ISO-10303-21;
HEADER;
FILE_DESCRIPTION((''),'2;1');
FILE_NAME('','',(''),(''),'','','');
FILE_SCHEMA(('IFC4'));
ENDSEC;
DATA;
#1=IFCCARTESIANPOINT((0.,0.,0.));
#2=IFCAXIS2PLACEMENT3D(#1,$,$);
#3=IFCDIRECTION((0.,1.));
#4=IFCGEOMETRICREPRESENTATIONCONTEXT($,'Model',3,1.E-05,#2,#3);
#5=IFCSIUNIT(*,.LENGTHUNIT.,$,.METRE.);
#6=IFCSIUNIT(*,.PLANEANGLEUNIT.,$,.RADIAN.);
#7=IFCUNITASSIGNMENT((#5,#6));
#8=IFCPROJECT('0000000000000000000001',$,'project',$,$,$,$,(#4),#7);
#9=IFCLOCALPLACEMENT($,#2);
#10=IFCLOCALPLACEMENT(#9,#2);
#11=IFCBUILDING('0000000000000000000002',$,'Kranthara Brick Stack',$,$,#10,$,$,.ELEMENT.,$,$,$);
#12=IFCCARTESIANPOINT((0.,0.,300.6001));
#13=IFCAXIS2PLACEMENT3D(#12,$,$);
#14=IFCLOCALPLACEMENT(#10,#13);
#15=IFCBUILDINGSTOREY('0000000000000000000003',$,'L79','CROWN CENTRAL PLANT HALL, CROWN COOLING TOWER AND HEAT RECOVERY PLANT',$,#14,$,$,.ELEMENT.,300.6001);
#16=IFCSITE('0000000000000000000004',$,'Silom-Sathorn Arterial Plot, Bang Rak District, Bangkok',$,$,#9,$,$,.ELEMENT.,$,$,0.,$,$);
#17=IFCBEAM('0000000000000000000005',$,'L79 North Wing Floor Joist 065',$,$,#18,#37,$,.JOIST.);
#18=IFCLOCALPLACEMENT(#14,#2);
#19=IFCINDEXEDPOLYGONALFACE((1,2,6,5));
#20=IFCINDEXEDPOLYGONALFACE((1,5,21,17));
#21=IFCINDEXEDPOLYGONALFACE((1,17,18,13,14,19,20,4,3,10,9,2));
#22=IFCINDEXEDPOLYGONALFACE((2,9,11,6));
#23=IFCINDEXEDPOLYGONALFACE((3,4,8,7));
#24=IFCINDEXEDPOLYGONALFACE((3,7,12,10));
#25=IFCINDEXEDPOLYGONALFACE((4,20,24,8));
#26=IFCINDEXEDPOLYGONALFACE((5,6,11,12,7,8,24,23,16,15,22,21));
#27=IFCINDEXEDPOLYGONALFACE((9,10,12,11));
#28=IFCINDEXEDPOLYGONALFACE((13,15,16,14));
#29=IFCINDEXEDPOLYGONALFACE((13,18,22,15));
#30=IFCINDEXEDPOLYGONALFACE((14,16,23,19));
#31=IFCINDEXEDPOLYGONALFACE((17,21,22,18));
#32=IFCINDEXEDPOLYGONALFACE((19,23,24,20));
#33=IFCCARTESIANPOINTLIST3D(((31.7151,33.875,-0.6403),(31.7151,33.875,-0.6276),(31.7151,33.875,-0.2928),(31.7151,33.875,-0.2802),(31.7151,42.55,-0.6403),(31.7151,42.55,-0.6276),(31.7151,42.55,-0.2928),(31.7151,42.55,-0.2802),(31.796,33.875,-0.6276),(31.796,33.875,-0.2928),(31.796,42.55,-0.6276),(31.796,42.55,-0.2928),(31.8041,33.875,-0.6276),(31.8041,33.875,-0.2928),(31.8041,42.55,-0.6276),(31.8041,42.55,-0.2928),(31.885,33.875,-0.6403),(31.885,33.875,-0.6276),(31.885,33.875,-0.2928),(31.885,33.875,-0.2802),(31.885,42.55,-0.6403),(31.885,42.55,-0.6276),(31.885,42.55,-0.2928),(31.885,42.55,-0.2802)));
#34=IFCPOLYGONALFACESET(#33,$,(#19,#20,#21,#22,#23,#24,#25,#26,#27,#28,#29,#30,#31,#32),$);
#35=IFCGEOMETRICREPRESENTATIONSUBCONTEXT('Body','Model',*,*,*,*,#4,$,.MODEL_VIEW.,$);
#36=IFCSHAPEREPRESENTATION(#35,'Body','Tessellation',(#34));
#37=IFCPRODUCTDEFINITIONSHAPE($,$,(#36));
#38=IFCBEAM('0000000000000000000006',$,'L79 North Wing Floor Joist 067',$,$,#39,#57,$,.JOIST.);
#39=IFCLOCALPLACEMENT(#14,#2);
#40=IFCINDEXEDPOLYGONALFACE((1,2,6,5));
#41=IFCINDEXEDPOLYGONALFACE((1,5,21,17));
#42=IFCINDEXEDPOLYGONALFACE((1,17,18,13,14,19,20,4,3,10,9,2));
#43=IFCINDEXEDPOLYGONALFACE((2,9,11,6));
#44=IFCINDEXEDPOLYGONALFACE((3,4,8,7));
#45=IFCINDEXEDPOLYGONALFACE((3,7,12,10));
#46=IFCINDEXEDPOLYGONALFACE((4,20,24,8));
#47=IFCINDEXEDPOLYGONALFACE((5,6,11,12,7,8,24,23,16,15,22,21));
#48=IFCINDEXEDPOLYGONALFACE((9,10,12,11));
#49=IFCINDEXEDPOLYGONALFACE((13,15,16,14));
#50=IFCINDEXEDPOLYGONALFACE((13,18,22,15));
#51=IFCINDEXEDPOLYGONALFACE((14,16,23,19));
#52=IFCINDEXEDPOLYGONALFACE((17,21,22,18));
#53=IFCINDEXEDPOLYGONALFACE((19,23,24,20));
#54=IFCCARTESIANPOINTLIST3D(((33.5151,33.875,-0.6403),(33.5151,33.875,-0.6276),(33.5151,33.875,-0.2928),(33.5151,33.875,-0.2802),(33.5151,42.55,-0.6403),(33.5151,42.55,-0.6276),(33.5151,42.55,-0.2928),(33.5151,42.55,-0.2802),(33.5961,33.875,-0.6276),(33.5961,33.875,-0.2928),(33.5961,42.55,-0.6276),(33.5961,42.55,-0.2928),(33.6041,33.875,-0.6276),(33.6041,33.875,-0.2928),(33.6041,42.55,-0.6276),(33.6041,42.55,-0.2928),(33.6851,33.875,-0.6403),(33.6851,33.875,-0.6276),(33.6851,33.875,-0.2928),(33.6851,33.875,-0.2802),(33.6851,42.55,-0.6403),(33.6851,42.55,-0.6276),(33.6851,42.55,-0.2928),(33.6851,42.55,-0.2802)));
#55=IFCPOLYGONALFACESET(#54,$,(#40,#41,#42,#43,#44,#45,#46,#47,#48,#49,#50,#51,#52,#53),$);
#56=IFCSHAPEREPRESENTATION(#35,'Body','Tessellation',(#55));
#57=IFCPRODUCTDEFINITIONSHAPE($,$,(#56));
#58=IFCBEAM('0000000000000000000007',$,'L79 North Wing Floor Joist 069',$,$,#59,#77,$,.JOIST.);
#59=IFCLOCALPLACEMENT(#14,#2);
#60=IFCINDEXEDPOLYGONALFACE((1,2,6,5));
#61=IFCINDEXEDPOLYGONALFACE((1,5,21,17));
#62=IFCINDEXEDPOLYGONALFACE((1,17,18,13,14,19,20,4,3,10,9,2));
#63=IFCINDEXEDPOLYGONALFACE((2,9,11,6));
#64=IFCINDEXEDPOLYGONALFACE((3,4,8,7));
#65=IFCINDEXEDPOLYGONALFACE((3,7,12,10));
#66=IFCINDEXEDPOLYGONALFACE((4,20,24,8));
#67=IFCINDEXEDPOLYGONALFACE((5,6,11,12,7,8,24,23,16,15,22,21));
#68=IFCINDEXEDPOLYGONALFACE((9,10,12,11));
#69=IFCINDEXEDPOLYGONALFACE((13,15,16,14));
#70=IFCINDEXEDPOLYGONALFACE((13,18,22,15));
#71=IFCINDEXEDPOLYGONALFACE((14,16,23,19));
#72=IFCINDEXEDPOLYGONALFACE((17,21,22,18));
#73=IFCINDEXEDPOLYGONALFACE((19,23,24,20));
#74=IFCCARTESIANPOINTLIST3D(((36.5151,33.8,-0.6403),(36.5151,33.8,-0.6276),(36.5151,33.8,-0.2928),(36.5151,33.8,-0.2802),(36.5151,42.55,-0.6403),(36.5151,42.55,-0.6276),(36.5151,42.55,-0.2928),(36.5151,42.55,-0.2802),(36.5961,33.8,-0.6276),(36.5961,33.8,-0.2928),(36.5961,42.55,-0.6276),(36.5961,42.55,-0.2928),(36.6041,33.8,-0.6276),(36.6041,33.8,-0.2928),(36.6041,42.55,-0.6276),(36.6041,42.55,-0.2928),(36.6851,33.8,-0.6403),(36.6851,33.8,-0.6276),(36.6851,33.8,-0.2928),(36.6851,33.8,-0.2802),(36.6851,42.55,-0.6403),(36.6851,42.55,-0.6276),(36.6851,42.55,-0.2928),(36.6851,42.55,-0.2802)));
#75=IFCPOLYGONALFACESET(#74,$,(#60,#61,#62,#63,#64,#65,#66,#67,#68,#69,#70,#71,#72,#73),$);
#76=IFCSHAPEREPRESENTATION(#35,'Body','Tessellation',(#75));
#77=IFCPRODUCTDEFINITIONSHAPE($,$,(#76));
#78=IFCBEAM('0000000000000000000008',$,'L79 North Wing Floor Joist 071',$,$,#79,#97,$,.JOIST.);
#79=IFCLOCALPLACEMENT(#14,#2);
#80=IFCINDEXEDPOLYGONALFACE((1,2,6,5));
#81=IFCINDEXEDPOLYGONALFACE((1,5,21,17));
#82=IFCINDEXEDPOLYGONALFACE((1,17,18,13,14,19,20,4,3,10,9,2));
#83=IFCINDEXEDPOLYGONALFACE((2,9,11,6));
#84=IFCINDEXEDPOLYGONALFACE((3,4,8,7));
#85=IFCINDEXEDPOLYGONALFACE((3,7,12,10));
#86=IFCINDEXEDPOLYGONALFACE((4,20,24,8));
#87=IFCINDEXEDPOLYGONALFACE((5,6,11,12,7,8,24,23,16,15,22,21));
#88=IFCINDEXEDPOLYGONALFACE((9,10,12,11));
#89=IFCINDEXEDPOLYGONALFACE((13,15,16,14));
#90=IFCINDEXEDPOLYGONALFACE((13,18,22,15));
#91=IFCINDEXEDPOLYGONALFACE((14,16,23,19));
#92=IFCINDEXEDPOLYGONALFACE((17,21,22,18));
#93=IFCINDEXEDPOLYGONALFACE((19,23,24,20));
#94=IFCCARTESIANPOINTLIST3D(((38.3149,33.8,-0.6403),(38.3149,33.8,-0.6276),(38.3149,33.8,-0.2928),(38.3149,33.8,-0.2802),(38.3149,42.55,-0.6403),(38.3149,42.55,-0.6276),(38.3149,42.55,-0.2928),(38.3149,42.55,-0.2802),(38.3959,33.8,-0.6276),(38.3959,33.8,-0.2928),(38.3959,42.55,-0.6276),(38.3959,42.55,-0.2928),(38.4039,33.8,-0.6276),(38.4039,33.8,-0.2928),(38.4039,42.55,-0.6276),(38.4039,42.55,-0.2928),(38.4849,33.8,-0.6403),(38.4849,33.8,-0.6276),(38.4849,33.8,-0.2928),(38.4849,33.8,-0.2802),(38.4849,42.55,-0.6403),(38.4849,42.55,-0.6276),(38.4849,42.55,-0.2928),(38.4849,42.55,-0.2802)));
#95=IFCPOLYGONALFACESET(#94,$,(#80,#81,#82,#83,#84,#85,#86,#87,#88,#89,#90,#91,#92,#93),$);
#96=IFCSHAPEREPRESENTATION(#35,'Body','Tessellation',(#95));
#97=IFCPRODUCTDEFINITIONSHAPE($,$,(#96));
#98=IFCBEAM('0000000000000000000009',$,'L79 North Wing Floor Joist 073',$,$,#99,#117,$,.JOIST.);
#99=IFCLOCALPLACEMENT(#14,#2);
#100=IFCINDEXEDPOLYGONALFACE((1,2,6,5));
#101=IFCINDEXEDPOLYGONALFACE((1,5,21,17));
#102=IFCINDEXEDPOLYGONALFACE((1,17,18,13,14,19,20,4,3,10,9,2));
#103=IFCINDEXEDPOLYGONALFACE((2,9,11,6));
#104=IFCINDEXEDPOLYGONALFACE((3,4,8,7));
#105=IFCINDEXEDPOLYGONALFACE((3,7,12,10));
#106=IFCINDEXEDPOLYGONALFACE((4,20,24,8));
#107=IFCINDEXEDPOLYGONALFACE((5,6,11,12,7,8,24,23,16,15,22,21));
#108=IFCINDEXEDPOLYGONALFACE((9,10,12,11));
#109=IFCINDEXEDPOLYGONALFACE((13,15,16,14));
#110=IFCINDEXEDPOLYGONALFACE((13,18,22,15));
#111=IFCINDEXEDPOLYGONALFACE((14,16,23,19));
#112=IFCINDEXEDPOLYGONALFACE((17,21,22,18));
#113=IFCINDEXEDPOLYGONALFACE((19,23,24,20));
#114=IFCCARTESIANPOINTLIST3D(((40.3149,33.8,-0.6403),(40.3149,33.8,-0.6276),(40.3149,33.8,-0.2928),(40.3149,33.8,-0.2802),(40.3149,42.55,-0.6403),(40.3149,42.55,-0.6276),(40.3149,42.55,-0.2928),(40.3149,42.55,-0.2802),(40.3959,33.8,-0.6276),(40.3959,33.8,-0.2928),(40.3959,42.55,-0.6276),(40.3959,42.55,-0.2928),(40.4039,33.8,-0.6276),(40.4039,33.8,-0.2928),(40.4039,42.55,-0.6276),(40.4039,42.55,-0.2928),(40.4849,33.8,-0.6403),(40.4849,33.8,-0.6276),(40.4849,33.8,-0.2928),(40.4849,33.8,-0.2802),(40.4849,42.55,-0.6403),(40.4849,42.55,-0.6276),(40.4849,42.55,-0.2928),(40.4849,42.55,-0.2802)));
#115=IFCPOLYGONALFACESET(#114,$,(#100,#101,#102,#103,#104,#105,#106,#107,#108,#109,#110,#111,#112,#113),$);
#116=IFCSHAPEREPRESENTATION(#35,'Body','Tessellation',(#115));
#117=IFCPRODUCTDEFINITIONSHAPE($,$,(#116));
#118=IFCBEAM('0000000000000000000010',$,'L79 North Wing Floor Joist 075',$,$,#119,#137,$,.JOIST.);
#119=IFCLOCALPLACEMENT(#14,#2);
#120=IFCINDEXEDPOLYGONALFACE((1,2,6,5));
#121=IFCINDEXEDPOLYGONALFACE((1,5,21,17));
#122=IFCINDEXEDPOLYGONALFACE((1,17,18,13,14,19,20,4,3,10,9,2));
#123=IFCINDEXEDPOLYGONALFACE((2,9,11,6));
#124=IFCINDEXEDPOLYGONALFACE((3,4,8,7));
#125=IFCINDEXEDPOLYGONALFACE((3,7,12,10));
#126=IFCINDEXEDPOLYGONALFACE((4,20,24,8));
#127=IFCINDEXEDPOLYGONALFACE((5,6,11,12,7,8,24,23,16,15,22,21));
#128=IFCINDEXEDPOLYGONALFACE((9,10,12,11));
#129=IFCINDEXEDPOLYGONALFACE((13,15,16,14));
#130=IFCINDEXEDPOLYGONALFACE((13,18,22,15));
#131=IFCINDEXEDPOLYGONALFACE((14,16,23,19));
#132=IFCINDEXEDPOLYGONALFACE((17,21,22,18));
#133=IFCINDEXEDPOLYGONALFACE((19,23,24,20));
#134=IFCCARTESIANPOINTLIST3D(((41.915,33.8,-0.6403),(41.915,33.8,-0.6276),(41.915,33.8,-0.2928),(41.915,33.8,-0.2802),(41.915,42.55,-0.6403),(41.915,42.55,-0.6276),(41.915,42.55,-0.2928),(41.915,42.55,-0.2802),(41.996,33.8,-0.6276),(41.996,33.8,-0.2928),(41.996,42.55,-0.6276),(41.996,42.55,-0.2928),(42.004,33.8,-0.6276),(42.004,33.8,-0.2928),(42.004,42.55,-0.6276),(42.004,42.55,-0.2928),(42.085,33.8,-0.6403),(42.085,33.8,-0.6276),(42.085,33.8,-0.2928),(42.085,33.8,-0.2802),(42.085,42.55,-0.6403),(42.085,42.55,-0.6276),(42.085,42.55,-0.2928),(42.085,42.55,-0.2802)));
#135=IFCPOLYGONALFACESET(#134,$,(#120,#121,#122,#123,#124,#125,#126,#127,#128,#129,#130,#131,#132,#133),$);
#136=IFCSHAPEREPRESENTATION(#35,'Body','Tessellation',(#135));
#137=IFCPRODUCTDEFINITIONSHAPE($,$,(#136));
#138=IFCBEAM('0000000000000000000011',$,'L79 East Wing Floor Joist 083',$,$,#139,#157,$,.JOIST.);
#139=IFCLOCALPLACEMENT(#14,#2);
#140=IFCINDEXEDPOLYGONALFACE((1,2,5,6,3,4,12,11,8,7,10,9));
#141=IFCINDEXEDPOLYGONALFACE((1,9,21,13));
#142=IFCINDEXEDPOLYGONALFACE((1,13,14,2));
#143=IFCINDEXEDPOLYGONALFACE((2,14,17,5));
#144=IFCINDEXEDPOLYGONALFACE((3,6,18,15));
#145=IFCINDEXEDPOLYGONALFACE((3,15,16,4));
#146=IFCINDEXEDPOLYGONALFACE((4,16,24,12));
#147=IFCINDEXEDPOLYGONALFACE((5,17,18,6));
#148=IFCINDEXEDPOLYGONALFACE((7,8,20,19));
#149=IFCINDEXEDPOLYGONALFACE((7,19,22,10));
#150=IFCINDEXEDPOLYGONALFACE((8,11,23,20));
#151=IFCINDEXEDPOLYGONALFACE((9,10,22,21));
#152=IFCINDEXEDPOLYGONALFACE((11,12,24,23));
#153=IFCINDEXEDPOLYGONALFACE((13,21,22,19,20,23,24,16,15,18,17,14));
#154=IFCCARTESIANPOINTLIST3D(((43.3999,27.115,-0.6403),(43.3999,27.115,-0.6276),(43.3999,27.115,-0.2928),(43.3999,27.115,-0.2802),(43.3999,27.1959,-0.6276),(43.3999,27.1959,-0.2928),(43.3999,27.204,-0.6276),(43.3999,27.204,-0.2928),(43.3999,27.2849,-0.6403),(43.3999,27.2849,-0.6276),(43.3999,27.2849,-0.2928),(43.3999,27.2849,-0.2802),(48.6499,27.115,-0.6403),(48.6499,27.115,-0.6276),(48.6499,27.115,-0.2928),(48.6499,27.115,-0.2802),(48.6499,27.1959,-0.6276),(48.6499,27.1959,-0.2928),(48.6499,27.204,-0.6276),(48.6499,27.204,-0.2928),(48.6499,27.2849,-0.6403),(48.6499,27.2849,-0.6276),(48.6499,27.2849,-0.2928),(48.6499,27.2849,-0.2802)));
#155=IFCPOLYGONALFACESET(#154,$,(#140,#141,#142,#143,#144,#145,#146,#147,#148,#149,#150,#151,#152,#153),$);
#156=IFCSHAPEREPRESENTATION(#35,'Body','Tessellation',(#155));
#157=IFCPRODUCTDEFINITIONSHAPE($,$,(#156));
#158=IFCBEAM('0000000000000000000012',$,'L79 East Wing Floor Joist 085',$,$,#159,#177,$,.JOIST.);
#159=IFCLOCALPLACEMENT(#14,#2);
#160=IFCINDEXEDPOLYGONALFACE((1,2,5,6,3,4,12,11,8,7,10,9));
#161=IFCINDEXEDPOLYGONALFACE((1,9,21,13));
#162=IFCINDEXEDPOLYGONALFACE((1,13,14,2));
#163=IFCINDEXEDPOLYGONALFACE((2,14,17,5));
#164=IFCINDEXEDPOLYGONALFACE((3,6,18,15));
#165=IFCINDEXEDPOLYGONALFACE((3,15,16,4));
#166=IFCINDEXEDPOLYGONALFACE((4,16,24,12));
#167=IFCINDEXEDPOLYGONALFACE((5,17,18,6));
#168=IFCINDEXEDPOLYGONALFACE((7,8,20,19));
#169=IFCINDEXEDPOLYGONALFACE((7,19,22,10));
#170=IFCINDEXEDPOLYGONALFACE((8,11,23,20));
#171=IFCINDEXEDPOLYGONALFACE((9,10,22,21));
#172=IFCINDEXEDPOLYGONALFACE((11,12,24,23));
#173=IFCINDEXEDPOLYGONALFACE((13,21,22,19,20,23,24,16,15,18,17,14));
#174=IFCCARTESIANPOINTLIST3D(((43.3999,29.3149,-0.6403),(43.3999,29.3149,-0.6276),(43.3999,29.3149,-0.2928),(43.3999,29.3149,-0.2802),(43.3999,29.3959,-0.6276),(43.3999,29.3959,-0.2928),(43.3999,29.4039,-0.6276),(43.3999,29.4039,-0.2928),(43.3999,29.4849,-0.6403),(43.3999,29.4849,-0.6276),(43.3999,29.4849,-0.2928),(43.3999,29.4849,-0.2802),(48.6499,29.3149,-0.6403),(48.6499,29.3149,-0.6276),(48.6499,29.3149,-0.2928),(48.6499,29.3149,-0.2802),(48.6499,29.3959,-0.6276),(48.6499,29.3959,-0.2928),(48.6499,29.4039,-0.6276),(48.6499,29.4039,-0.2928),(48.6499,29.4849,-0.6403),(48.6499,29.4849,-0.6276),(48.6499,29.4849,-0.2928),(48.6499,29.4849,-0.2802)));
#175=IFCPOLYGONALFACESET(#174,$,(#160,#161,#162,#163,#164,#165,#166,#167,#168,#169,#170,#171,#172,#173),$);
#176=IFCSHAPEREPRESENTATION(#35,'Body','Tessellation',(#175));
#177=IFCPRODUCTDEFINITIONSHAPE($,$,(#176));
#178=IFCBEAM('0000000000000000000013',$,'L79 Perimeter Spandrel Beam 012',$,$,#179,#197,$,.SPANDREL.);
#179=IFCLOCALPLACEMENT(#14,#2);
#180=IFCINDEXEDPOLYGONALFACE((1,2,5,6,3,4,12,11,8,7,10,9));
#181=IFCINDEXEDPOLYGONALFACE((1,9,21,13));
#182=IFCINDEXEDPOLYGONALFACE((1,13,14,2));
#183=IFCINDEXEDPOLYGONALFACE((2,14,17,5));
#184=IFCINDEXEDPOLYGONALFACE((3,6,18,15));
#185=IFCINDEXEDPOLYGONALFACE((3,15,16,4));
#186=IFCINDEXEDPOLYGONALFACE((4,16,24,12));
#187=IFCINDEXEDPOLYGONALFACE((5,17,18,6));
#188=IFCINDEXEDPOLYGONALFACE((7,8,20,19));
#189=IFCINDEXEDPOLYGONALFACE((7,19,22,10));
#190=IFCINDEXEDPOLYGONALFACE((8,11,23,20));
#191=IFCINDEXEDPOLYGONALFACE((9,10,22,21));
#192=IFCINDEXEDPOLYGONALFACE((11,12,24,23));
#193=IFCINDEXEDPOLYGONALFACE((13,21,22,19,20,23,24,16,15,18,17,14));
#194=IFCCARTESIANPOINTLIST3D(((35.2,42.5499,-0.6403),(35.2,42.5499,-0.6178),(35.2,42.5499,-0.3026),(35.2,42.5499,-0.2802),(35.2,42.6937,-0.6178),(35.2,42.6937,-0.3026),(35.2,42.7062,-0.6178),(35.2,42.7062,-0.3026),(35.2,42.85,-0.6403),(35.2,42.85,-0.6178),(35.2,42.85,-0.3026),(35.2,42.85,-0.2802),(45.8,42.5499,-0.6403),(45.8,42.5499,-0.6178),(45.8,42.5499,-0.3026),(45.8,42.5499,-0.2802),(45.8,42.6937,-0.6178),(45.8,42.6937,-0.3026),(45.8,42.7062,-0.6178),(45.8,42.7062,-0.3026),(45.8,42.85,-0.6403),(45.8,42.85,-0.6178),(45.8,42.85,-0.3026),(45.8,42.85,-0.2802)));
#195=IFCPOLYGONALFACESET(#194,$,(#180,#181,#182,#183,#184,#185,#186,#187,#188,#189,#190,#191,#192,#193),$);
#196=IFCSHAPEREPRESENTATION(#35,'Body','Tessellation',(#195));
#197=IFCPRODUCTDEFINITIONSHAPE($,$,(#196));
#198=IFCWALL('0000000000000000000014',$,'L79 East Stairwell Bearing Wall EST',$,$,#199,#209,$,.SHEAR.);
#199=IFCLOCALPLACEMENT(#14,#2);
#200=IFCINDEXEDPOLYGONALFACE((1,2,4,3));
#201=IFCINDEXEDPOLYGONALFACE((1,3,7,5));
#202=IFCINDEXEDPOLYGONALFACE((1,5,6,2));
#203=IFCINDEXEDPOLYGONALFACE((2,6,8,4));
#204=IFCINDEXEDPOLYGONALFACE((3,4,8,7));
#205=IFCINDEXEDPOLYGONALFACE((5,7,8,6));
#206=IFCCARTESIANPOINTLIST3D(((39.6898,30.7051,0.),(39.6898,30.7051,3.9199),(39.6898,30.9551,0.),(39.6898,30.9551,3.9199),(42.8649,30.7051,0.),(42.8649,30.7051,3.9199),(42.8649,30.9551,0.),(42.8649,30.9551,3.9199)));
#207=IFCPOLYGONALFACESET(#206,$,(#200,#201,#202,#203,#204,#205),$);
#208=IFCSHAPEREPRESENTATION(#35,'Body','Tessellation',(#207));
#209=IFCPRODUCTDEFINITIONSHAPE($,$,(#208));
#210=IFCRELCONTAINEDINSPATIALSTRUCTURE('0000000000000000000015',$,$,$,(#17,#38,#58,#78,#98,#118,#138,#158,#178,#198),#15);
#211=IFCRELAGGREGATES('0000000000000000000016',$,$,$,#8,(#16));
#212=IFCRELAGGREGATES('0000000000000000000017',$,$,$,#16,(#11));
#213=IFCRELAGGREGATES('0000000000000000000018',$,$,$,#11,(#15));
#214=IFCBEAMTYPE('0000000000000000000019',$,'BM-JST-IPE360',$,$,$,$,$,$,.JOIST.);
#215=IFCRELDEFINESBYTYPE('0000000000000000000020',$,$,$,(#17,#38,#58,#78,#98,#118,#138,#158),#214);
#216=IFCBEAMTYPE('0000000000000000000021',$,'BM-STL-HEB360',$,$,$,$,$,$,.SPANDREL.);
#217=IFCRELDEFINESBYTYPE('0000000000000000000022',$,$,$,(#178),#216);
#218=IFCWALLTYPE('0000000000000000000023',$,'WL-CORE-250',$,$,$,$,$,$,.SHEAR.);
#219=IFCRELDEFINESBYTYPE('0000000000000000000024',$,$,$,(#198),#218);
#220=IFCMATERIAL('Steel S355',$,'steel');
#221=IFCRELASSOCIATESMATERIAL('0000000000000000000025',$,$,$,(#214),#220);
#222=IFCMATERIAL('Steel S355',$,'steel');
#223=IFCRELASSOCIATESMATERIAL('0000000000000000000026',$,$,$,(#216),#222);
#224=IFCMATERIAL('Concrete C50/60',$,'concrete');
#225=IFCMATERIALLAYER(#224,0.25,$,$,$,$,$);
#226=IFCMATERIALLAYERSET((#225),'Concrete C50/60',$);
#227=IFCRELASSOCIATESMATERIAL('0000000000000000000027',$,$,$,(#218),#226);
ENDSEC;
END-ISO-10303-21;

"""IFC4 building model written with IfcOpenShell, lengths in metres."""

from ifc_helpers import new_model, si_unit, direction, frame, frame_2d, origin, origin_2d, place, context, subcontext, project, spatial, rectangle, i_section, extrude, material, layer, layer_set, material_profile, profile_set, type_object, element, save


model = new_model("IFC4")

# Units and contexts
model_context = context("Model", 3, precision=1e-05, world=origin(), true_north=direction((0.0, 1.0)))
body_context = subcontext(model_context, "Body", "Model", "MODEL_VIEW")
ifc_project = project(units=[si_unit("LENGTHUNIT", "METRE"), si_unit("PLANEANGLEUNIT", "RADIAN")], contexts=[model_context])

# Site, building, storey
site_placement = place(None, origin())
site = spatial("IfcSite", under=ifc_project, at=site_placement, Name="Silom-Sathorn Arterial Plot, Bang Rak District, Bangkok", CompositionType="ELEMENT", RefElevation=0.0)
building_placement = place(site_placement, origin())
building = spatial("IfcBuilding", under=site, at=building_placement, Name="Kranthara Brick Stack", CompositionType="ELEMENT")
storey_placement = place(building_placement, frame((0.0, 0.0, 300.6001)))
storey = spatial("IfcBuildingStorey", under=building, at=storey_placement, Name="L79", Description="CROWN CENTRAL PLANT HALL, CROWN COOLING TOWER AND HEAT RECOVERY PLANT", CompositionType="ELEMENT", Elevation=300.6001)

# Beams
ifc_material_1 = material(Name="Steel S355", Category="steel")
ifc_material_profile_1 = material_profile(ifc_material_1, i_section(OverallWidth=0.1699, OverallDepth=0.3601, WebThickness=0.0081, FlangeThickness=0.0127, at=origin_2d()), Name="IPE 360")
ifc_profile_set_1 = profile_set([ifc_material_profile_1], Name="Steel S355")
beam_type_1 = type_object("IfcBeamType", Name="BM-JST-IPE360", PredefinedType="JOIST", material=ifc_profile_set_1)
for number, where, z_axis, x_axis, name in (
    (1, (31.8, 33.875, -0.4602), (0.0, 1.0, 0.0), (-1.0, 0.0, 0.0), "L79 North Wing Floor Joist 065"),
    (2, (33.6001, 33.875, -0.4602), (0.0, 1.0, 0.0), (-1.0, 0.0, 0.0), "L79 North Wing Floor Joist 067"),
):
    element("IfcBeam", number, at=place(storey_placement, frame(where, z_axis=z_axis, x_axis=x_axis)), inside=storey, type_object=beam_type_1, Name=name, PredefinedType="JOIST", context=body_context, shape_type="SweptSolid", body=[
        extrude(i_section(OverallWidth=0.1699, OverallDepth=0.3601, WebThickness=0.0081, FlangeThickness=0.0127, at=origin_2d()), origin(), (0.0, 0.0, 1.0), 8.675),
    ])
for number, where, z_axis, x_axis, name in (
    (3, (36.6001, 33.8, -0.4602), (0.0, 1.0, 0.0), (-1.0, 0.0, 0.0), "L79 North Wing Floor Joist 069"),
    (4, (38.3999, 33.8, -0.4602), (0.0, 1.0, 0.0), (-1.0, 0.0, 0.0), "L79 North Wing Floor Joist 071"),
    (5, (40.3999, 33.8, -0.4602), (0.0, 1.0, 0.0), (-1.0, 0.0, 0.0), "L79 North Wing Floor Joist 073"),
    (6, (42.0, 33.8, -0.4602), (0.0, 1.0, 0.0), (-1.0, 0.0, 0.0), "L79 North Wing Floor Joist 075"),
):
    element("IfcBeam", number, at=place(storey_placement, frame(where, z_axis=z_axis, x_axis=x_axis)), inside=storey, type_object=beam_type_1, Name=name, PredefinedType="JOIST", context=body_context, shape_type="SweptSolid", body=[
        extrude(i_section(OverallWidth=0.1699, OverallDepth=0.3601, WebThickness=0.0081, FlangeThickness=0.0127, at=origin_2d()), origin(), (0.0, 0.0, 1.0), 8.75),
    ])
for number, where, z_axis, x_axis, name in (
    (7, (43.3999, 27.2, -0.4602), (1.0, 0.0, 0.0), (0.0, 1.0, 0.0), "L79 East Wing Floor Joist 083"),
    (8, (43.3999, 29.3999, -0.4602), (1.0, 0.0, 0.0), (0.0, 1.0, 0.0), "L79 East Wing Floor Joist 085"),
):
    element("IfcBeam", number, at=place(storey_placement, frame(where, z_axis=z_axis, x_axis=x_axis)), inside=storey, type_object=beam_type_1, Name=name, PredefinedType="JOIST", context=body_context, shape_type="SweptSolid", body=[
        extrude(i_section(OverallWidth=0.1699, OverallDepth=0.3601, WebThickness=0.0081, FlangeThickness=0.0127, at=origin_2d()), origin(), (0.0, 0.0, 1.0), 5.25),
    ])
ifc_material_2 = material(Name="Steel S355", Category="steel")
ifc_material_profile_2 = material_profile(ifc_material_2, i_section(OverallWidth=0.3, OverallDepth=0.3601, WebThickness=0.0125, FlangeThickness=0.0225, at=origin_2d()), Name="HEB 360")
ifc_profile_set_2 = profile_set([ifc_material_profile_2], Name="Steel S355")
beam_type_2 = type_object("IfcBeamType", Name="BM-STL-HEB360", PredefinedType="SPANDREL", material=ifc_profile_set_2)
beam_1_placement = place(storey_placement, frame((35.2, 42.7, -0.4602), z_axis=(1.0, 0.0, 0.0), x_axis=(0.0, 1.0, 0.0)))
element("IfcBeam", 9, at=beam_1_placement, inside=storey, type_object=beam_type_2, Name="L79 Perimeter Spandrel Beam 012", PredefinedType="SPANDREL", context=body_context, shape_type="SweptSolid", body=[
    extrude(i_section(OverallWidth=0.3, OverallDepth=0.3601, WebThickness=0.0125, FlangeThickness=0.0225, at=origin_2d()), origin(), (0.0, 0.0, 1.0), 10.6001),
])

# Wall
ifc_material_3 = material(Name="Concrete C50/60", Category="concrete")
ifc_layer_1 = layer(ifc_material_3, 0.25)
ifc_layer_set_1 = layer_set([ifc_layer_1], Name="Concrete C50/60")
wall_type_1 = type_object("IfcWallType", Name="WL-CORE-250", PredefinedType="SHEAR", material=ifc_layer_set_1)
wall_1_placement = place(storey_placement, frame((39.6899, 30.8301, 0.0), z_axis=(0.0, 0.0, 1.0), x_axis=(1.0, 0.0, 0.0)))
element("IfcWall", 10, at=wall_1_placement, inside=storey, type_object=wall_type_1, Name="L79 East Stairwell Bearing Wall EST", PredefinedType="SHEAR", context=body_context, shape_type="SweptSolid", body=[
    extrude(rectangle(XDim=3.175, YDim=0.25, at=frame_2d((1.5874, 0.0))), origin(), (0.0, 0.0, 1.0), 3.9199),
])

save(model, "model.ifc")
